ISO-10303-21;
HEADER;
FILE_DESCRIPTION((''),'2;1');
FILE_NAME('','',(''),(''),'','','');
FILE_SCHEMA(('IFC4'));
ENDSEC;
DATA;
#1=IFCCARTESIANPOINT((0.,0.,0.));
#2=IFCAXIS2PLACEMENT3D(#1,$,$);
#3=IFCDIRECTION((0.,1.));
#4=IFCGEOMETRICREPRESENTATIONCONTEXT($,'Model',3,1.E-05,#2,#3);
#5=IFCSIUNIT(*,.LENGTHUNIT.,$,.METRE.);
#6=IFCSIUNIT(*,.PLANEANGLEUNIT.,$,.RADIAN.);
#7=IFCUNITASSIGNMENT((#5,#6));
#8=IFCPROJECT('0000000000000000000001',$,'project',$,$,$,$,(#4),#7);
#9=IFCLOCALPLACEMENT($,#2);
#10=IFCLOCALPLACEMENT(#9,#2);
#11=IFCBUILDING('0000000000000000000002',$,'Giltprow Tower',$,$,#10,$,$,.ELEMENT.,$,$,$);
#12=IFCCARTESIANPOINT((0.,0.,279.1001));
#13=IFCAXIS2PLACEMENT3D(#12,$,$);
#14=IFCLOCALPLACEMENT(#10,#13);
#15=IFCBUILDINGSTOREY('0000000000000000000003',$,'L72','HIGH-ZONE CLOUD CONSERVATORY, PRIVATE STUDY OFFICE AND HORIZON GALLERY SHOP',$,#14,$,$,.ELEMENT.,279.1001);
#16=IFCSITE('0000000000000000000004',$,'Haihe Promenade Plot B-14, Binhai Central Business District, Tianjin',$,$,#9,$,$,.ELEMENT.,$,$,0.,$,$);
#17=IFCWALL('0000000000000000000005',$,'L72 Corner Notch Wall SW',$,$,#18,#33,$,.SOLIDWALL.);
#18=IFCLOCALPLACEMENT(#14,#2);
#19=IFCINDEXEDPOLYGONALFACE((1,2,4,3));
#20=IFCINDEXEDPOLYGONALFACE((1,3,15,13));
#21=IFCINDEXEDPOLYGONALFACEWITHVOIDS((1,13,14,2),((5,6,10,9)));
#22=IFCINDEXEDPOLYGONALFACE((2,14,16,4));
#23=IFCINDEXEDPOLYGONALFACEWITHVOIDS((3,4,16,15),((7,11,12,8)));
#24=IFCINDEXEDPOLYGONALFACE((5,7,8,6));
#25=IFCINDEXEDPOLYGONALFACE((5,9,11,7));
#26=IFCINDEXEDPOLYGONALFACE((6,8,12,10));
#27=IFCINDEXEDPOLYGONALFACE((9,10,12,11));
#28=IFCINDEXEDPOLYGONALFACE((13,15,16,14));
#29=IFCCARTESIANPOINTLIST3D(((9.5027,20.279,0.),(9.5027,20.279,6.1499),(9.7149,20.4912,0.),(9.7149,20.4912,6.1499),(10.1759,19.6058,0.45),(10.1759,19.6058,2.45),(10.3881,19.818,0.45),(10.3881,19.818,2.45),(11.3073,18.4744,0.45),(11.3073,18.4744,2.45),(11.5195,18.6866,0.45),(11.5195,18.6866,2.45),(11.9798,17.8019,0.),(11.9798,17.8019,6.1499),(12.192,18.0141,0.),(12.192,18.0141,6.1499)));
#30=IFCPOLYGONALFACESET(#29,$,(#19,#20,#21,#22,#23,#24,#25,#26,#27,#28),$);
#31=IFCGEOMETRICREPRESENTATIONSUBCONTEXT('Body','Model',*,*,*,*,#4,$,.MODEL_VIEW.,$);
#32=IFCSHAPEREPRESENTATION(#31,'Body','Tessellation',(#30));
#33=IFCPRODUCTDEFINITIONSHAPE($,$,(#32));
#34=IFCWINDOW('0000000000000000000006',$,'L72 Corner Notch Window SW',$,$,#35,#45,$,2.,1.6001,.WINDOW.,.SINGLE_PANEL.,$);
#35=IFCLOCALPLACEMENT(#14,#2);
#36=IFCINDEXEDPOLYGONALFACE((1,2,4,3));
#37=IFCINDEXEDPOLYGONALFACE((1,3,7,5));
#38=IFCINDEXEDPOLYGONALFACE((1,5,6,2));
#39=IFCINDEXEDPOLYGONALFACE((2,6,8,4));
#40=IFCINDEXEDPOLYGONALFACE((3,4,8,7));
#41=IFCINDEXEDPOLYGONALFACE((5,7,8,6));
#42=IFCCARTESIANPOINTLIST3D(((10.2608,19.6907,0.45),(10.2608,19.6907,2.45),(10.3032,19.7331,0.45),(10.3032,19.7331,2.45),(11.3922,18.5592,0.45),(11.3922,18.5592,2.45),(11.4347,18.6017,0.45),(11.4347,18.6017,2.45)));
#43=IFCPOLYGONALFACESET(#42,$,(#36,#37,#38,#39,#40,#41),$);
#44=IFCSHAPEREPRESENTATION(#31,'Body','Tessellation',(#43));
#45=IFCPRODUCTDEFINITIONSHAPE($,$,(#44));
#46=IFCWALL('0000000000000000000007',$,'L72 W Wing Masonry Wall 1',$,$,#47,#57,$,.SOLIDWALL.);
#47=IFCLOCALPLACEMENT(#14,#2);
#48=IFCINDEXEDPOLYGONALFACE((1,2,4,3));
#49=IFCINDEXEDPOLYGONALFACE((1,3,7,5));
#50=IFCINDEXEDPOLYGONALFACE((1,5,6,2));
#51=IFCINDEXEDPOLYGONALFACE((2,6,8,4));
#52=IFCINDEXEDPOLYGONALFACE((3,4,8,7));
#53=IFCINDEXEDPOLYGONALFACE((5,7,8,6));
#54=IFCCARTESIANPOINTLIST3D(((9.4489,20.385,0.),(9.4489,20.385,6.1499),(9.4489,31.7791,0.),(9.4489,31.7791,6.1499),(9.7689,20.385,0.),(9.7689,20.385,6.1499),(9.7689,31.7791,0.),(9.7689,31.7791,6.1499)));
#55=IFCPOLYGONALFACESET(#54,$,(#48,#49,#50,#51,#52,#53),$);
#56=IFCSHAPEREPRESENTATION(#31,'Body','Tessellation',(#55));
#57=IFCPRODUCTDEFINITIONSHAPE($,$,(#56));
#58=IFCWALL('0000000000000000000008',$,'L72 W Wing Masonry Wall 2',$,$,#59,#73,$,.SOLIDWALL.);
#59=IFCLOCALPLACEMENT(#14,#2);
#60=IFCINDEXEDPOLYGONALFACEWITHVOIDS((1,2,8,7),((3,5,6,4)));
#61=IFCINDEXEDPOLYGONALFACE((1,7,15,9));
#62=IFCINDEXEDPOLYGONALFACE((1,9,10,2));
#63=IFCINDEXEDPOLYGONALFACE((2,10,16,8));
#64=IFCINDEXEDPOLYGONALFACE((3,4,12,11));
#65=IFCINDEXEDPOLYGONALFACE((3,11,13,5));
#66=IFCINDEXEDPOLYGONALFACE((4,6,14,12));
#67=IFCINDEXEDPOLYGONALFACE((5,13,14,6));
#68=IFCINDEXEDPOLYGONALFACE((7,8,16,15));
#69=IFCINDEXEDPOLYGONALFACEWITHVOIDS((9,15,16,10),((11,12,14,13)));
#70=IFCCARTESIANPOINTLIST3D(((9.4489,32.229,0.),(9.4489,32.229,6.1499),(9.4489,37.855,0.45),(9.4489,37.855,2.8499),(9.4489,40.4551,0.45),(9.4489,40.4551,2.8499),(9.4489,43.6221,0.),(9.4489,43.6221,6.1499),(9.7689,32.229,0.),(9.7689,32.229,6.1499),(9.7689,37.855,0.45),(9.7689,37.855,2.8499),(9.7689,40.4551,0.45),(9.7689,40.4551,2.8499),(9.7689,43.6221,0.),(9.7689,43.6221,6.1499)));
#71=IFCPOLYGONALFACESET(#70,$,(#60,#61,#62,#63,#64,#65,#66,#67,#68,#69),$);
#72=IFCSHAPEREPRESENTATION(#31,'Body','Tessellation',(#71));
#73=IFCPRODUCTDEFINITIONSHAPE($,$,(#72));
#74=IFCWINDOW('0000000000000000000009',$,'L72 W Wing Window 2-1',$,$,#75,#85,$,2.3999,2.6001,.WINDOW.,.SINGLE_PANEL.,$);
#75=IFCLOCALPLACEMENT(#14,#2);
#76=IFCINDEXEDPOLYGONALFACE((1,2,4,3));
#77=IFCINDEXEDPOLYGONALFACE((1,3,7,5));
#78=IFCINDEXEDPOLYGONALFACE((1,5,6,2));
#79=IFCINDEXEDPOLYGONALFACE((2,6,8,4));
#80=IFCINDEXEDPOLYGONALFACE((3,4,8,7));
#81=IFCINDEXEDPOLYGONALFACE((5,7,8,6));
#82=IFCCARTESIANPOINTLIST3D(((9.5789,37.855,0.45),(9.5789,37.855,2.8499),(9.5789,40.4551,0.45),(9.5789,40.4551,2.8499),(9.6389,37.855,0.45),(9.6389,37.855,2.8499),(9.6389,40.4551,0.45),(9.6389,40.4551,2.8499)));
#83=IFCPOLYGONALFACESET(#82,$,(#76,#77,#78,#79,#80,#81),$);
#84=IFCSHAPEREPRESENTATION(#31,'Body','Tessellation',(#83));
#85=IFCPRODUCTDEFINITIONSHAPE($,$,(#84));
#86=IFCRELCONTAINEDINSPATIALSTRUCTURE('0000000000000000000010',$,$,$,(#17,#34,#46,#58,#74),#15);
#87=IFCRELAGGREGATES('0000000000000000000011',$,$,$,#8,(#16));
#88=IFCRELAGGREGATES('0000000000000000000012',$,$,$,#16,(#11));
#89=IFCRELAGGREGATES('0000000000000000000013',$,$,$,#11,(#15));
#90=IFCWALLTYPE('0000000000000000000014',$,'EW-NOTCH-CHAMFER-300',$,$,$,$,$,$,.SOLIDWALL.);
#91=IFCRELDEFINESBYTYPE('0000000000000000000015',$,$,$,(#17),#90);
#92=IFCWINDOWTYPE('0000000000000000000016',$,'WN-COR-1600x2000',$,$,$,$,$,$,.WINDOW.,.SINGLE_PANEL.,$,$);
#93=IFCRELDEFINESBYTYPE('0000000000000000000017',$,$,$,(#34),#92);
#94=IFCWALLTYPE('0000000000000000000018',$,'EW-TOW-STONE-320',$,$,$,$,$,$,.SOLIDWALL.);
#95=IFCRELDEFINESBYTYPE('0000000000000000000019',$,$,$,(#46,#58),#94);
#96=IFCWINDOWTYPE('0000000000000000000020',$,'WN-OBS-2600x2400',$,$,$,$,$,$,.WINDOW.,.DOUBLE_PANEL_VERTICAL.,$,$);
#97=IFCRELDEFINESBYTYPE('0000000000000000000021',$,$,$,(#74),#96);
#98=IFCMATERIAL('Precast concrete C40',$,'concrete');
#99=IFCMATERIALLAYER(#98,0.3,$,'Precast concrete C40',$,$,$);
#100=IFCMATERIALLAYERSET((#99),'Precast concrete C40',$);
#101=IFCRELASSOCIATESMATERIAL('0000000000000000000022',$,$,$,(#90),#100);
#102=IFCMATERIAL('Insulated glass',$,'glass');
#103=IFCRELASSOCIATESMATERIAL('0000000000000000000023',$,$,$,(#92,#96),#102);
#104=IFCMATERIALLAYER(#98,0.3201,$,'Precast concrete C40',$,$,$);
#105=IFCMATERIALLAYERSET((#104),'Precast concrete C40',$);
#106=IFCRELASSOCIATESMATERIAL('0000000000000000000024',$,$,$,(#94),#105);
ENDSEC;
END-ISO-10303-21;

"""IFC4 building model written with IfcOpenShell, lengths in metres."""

from ifc_helpers import new_model, si_unit, direction, frame, frame_2d, origin, place, context, subcontext, project, spatial, rectangle, extrude, source, transform, mapped, material, layer, layer_set, type_object, element, fill, save


model = new_model("IFC4")

# Units and contexts
model_context = context("Model", 3, precision=1e-05, world=origin(), true_north=direction((0.0, 1.0)))
body_context = subcontext(model_context, "Body", "Model", "MODEL_VIEW")
ifc_project = project(units=[si_unit("LENGTHUNIT", "METRE"), si_unit("PLANEANGLEUNIT", "RADIAN")], contexts=[model_context])

# Site, building, storey
site_placement = place(None, origin())
site = spatial("IfcSite", under=ifc_project, at=site_placement, Name="Haihe Promenade Plot B-14, Binhai Central Business District, Tianjin", CompositionType="ELEMENT", RefElevation=0.0)
building_placement = place(site_placement, origin())
building = spatial("IfcBuilding", under=site, at=building_placement, Name="Giltprow Tower", CompositionType="ELEMENT")
storey_placement = place(building_placement, frame((0.0, 0.0, 279.1001)))
storey = spatial("IfcBuildingStorey", under=building, at=storey_placement, Name="L72", Description="HIGH-ZONE CLOUD CONSERVATORY, PRIVATE STUDY OFFICE AND HORIZON GALLERY SHOP", CompositionType="ELEMENT", Elevation=279.1001)

# Wall, opening, window
ifc_material_1 = material(Name="Precast concrete C40", Category="concrete")
ifc_layer_1 = layer(ifc_material_1, 0.3, Name="Precast concrete C40")
ifc_layer_set_1 = layer_set([ifc_layer_1], Name="Precast concrete C40")
wall_type_1 = type_object("IfcWallType", Name="EW-NOTCH-CHAMFER-300", PredefinedType="SOLIDWALL", material=ifc_layer_set_1)
wall_1_placement = place(storey_placement, frame((9.6089, 20.385, 0.0), z_axis=(0.0, 0.0, 1.0), x_axis=(0.707107, -0.707107, 0.0)))
wall_1 = element("IfcWall", 1, at=wall_1_placement, inside=storey, type_object=wall_type_1, Name="L72 Corner Notch Wall SW", PredefinedType="SOLIDWALL", context=body_context, shape_type="SweptSolid", body=[
    extrude(rectangle(XDim=3.5032, YDim=0.3, at=frame_2d((1.7515, 0.0))), origin(), (0.0, 0.0, 1.0), 6.1499),
])
opening_1_placement = place(wall_1_placement, frame((0.9519, 0.0, 0.45)))
opening_1 = element("IfcOpeningElement", 2, at=opening_1_placement, cuts=wall_1, PredefinedType="OPENING", context=body_context, shape_type="SweptSolid", body=[
    extrude(rectangle(XDim=1.6001, YDim=2.0, at=frame_2d((0.8, 1.0))), frame((0.0, 0.1599, 0.0), z_axis=(0.0, -1.0, 0.0), x_axis=(1.0, 0.0, 0.0)), (0.0, 0.0, 1.0), 0.3201),
])
ifc_material_2 = material(Name="Insulated glass", Category="glass")
window_type_1 = type_object("IfcWindowType", Name="WN-COR-1600x2000", PartitioningType="SINGLE_PANEL", PredefinedType="WINDOW", material=ifc_material_2)
shared_shape_1 = source(origin(), body_context, "Body", "SweptSolid", [
    extrude(rectangle(XDim=1.6001, YDim=2.0, at=frame_2d((0.8, 1.0))), frame((0.0, 0.03, 0.0), z_axis=(0.0, -1.0, 0.0), x_axis=(1.0, 0.0, 0.0)), (0.0, 0.0, 1.0), 0.0601),
])
window_1_placement = place(opening_1_placement, origin())
window_1 = element("IfcWindow", 3, at=window_1_placement, inside=storey, type_object=window_type_1, Name="L72 Corner Notch Window SW", OverallHeight=2.0, OverallWidth=1.6001, PartitioningType="SINGLE_PANEL", PredefinedType="WINDOW", context=body_context, shape_type="MappedRepresentation", body=[
    mapped(shared_shape_1, transform((0.0, 0.0, 0.0), x_axis=(1.0, 0.0, 0.0), y_axis=(0.0, 1.0, 0.0), z_axis=(0.0, 0.0, 1.0), scale=1.0)),
])
fill(opening_1, window_1)

# Wall
ifc_layer_2 = layer(ifc_material_1, 0.3201, Name="Precast concrete C40")
ifc_layer_set_2 = layer_set([ifc_layer_2], Name="Precast concrete C40")
wall_type_2 = type_object("IfcWallType", Name="EW-TOW-STONE-320", PredefinedType="SOLIDWALL", material=ifc_layer_set_2)
wall_2_placement = place(storey_placement, frame((9.6089, 20.385, 0.0), z_axis=(0.0, 0.0, 1.0), x_axis=(0.0, 1.0, 0.0)))
element("IfcWall", 4, at=wall_2_placement, inside=storey, type_object=wall_type_2, Name="L72 W Wing Masonry Wall 1", PredefinedType="SOLIDWALL", context=body_context, shape_type="SweptSolid", body=[
    extrude(rectangle(XDim=11.394, YDim=0.3201, at=frame_2d((5.697, 0.0))), origin(), (0.0, 0.0, 1.0), 6.1499),
])

# Wall, opening, window
wall_3_placement = place(storey_placement, frame((9.6089, 32.229, 0.0), z_axis=(0.0, 0.0, 1.0), x_axis=(0.0, 1.0, 0.0)))
wall_3 = element("IfcWall", 5, at=wall_3_placement, inside=storey, type_object=wall_type_2, Name="L72 W Wing Masonry Wall 2", PredefinedType="SOLIDWALL", context=body_context, shape_type="SweptSolid", body=[
    extrude(rectangle(XDim=11.3931, YDim=0.3201, at=frame_2d((5.6965, 0.0))), origin(), (0.0, 0.0, 1.0), 6.1499),
])
opening_2_placement = place(wall_3_placement, frame((5.626, 0.0, 0.45)))
opening_2 = element("IfcOpeningElement", 6, at=opening_2_placement, cuts=wall_3, PredefinedType="OPENING", context=body_context, shape_type="SweptSolid", body=[
    extrude(rectangle(XDim=2.6001, YDim=2.3999, at=frame_2d((1.3, 1.2))), frame((0.0, 0.1699, 0.0), z_axis=(0.0, -1.0, 0.0), x_axis=(1.0, 0.0, 0.0)), (0.0, 0.0, 1.0), 0.3401),
])
window_type_2 = type_object("IfcWindowType", Name="WN-OBS-2600x2400", PartitioningType="DOUBLE_PANEL_VERTICAL", PredefinedType="WINDOW", material=ifc_material_2)
shared_shape_2 = source(origin(), body_context, "Body", "SweptSolid", [
    extrude(rectangle(XDim=2.6001, YDim=2.3999, at=frame_2d((1.3, 1.2))), frame((0.0, 0.03, 0.0), z_axis=(0.0, -1.0, 0.0), x_axis=(1.0, 0.0, 0.0)), (0.0, 0.0, 1.0), 0.0601),
])
window_2_placement = place(opening_2_placement, origin())
window_2 = element("IfcWindow", 7, at=window_2_placement, inside=storey, type_object=window_type_2, Name="L72 W Wing Window 2-1", OverallHeight=2.3999, OverallWidth=2.6001, PartitioningType="SINGLE_PANEL", PredefinedType="WINDOW", context=body_context, shape_type="MappedRepresentation", body=[
    mapped(shared_shape_2, transform((0.0, 0.0, 0.0), x_axis=(1.0, 0.0, 0.0), y_axis=(0.0, 1.0, 0.0), z_axis=(0.0, 0.0, 1.0), scale=1.0)),
])
fill(opening_2, window_2)

save(model, "model.ifc")
